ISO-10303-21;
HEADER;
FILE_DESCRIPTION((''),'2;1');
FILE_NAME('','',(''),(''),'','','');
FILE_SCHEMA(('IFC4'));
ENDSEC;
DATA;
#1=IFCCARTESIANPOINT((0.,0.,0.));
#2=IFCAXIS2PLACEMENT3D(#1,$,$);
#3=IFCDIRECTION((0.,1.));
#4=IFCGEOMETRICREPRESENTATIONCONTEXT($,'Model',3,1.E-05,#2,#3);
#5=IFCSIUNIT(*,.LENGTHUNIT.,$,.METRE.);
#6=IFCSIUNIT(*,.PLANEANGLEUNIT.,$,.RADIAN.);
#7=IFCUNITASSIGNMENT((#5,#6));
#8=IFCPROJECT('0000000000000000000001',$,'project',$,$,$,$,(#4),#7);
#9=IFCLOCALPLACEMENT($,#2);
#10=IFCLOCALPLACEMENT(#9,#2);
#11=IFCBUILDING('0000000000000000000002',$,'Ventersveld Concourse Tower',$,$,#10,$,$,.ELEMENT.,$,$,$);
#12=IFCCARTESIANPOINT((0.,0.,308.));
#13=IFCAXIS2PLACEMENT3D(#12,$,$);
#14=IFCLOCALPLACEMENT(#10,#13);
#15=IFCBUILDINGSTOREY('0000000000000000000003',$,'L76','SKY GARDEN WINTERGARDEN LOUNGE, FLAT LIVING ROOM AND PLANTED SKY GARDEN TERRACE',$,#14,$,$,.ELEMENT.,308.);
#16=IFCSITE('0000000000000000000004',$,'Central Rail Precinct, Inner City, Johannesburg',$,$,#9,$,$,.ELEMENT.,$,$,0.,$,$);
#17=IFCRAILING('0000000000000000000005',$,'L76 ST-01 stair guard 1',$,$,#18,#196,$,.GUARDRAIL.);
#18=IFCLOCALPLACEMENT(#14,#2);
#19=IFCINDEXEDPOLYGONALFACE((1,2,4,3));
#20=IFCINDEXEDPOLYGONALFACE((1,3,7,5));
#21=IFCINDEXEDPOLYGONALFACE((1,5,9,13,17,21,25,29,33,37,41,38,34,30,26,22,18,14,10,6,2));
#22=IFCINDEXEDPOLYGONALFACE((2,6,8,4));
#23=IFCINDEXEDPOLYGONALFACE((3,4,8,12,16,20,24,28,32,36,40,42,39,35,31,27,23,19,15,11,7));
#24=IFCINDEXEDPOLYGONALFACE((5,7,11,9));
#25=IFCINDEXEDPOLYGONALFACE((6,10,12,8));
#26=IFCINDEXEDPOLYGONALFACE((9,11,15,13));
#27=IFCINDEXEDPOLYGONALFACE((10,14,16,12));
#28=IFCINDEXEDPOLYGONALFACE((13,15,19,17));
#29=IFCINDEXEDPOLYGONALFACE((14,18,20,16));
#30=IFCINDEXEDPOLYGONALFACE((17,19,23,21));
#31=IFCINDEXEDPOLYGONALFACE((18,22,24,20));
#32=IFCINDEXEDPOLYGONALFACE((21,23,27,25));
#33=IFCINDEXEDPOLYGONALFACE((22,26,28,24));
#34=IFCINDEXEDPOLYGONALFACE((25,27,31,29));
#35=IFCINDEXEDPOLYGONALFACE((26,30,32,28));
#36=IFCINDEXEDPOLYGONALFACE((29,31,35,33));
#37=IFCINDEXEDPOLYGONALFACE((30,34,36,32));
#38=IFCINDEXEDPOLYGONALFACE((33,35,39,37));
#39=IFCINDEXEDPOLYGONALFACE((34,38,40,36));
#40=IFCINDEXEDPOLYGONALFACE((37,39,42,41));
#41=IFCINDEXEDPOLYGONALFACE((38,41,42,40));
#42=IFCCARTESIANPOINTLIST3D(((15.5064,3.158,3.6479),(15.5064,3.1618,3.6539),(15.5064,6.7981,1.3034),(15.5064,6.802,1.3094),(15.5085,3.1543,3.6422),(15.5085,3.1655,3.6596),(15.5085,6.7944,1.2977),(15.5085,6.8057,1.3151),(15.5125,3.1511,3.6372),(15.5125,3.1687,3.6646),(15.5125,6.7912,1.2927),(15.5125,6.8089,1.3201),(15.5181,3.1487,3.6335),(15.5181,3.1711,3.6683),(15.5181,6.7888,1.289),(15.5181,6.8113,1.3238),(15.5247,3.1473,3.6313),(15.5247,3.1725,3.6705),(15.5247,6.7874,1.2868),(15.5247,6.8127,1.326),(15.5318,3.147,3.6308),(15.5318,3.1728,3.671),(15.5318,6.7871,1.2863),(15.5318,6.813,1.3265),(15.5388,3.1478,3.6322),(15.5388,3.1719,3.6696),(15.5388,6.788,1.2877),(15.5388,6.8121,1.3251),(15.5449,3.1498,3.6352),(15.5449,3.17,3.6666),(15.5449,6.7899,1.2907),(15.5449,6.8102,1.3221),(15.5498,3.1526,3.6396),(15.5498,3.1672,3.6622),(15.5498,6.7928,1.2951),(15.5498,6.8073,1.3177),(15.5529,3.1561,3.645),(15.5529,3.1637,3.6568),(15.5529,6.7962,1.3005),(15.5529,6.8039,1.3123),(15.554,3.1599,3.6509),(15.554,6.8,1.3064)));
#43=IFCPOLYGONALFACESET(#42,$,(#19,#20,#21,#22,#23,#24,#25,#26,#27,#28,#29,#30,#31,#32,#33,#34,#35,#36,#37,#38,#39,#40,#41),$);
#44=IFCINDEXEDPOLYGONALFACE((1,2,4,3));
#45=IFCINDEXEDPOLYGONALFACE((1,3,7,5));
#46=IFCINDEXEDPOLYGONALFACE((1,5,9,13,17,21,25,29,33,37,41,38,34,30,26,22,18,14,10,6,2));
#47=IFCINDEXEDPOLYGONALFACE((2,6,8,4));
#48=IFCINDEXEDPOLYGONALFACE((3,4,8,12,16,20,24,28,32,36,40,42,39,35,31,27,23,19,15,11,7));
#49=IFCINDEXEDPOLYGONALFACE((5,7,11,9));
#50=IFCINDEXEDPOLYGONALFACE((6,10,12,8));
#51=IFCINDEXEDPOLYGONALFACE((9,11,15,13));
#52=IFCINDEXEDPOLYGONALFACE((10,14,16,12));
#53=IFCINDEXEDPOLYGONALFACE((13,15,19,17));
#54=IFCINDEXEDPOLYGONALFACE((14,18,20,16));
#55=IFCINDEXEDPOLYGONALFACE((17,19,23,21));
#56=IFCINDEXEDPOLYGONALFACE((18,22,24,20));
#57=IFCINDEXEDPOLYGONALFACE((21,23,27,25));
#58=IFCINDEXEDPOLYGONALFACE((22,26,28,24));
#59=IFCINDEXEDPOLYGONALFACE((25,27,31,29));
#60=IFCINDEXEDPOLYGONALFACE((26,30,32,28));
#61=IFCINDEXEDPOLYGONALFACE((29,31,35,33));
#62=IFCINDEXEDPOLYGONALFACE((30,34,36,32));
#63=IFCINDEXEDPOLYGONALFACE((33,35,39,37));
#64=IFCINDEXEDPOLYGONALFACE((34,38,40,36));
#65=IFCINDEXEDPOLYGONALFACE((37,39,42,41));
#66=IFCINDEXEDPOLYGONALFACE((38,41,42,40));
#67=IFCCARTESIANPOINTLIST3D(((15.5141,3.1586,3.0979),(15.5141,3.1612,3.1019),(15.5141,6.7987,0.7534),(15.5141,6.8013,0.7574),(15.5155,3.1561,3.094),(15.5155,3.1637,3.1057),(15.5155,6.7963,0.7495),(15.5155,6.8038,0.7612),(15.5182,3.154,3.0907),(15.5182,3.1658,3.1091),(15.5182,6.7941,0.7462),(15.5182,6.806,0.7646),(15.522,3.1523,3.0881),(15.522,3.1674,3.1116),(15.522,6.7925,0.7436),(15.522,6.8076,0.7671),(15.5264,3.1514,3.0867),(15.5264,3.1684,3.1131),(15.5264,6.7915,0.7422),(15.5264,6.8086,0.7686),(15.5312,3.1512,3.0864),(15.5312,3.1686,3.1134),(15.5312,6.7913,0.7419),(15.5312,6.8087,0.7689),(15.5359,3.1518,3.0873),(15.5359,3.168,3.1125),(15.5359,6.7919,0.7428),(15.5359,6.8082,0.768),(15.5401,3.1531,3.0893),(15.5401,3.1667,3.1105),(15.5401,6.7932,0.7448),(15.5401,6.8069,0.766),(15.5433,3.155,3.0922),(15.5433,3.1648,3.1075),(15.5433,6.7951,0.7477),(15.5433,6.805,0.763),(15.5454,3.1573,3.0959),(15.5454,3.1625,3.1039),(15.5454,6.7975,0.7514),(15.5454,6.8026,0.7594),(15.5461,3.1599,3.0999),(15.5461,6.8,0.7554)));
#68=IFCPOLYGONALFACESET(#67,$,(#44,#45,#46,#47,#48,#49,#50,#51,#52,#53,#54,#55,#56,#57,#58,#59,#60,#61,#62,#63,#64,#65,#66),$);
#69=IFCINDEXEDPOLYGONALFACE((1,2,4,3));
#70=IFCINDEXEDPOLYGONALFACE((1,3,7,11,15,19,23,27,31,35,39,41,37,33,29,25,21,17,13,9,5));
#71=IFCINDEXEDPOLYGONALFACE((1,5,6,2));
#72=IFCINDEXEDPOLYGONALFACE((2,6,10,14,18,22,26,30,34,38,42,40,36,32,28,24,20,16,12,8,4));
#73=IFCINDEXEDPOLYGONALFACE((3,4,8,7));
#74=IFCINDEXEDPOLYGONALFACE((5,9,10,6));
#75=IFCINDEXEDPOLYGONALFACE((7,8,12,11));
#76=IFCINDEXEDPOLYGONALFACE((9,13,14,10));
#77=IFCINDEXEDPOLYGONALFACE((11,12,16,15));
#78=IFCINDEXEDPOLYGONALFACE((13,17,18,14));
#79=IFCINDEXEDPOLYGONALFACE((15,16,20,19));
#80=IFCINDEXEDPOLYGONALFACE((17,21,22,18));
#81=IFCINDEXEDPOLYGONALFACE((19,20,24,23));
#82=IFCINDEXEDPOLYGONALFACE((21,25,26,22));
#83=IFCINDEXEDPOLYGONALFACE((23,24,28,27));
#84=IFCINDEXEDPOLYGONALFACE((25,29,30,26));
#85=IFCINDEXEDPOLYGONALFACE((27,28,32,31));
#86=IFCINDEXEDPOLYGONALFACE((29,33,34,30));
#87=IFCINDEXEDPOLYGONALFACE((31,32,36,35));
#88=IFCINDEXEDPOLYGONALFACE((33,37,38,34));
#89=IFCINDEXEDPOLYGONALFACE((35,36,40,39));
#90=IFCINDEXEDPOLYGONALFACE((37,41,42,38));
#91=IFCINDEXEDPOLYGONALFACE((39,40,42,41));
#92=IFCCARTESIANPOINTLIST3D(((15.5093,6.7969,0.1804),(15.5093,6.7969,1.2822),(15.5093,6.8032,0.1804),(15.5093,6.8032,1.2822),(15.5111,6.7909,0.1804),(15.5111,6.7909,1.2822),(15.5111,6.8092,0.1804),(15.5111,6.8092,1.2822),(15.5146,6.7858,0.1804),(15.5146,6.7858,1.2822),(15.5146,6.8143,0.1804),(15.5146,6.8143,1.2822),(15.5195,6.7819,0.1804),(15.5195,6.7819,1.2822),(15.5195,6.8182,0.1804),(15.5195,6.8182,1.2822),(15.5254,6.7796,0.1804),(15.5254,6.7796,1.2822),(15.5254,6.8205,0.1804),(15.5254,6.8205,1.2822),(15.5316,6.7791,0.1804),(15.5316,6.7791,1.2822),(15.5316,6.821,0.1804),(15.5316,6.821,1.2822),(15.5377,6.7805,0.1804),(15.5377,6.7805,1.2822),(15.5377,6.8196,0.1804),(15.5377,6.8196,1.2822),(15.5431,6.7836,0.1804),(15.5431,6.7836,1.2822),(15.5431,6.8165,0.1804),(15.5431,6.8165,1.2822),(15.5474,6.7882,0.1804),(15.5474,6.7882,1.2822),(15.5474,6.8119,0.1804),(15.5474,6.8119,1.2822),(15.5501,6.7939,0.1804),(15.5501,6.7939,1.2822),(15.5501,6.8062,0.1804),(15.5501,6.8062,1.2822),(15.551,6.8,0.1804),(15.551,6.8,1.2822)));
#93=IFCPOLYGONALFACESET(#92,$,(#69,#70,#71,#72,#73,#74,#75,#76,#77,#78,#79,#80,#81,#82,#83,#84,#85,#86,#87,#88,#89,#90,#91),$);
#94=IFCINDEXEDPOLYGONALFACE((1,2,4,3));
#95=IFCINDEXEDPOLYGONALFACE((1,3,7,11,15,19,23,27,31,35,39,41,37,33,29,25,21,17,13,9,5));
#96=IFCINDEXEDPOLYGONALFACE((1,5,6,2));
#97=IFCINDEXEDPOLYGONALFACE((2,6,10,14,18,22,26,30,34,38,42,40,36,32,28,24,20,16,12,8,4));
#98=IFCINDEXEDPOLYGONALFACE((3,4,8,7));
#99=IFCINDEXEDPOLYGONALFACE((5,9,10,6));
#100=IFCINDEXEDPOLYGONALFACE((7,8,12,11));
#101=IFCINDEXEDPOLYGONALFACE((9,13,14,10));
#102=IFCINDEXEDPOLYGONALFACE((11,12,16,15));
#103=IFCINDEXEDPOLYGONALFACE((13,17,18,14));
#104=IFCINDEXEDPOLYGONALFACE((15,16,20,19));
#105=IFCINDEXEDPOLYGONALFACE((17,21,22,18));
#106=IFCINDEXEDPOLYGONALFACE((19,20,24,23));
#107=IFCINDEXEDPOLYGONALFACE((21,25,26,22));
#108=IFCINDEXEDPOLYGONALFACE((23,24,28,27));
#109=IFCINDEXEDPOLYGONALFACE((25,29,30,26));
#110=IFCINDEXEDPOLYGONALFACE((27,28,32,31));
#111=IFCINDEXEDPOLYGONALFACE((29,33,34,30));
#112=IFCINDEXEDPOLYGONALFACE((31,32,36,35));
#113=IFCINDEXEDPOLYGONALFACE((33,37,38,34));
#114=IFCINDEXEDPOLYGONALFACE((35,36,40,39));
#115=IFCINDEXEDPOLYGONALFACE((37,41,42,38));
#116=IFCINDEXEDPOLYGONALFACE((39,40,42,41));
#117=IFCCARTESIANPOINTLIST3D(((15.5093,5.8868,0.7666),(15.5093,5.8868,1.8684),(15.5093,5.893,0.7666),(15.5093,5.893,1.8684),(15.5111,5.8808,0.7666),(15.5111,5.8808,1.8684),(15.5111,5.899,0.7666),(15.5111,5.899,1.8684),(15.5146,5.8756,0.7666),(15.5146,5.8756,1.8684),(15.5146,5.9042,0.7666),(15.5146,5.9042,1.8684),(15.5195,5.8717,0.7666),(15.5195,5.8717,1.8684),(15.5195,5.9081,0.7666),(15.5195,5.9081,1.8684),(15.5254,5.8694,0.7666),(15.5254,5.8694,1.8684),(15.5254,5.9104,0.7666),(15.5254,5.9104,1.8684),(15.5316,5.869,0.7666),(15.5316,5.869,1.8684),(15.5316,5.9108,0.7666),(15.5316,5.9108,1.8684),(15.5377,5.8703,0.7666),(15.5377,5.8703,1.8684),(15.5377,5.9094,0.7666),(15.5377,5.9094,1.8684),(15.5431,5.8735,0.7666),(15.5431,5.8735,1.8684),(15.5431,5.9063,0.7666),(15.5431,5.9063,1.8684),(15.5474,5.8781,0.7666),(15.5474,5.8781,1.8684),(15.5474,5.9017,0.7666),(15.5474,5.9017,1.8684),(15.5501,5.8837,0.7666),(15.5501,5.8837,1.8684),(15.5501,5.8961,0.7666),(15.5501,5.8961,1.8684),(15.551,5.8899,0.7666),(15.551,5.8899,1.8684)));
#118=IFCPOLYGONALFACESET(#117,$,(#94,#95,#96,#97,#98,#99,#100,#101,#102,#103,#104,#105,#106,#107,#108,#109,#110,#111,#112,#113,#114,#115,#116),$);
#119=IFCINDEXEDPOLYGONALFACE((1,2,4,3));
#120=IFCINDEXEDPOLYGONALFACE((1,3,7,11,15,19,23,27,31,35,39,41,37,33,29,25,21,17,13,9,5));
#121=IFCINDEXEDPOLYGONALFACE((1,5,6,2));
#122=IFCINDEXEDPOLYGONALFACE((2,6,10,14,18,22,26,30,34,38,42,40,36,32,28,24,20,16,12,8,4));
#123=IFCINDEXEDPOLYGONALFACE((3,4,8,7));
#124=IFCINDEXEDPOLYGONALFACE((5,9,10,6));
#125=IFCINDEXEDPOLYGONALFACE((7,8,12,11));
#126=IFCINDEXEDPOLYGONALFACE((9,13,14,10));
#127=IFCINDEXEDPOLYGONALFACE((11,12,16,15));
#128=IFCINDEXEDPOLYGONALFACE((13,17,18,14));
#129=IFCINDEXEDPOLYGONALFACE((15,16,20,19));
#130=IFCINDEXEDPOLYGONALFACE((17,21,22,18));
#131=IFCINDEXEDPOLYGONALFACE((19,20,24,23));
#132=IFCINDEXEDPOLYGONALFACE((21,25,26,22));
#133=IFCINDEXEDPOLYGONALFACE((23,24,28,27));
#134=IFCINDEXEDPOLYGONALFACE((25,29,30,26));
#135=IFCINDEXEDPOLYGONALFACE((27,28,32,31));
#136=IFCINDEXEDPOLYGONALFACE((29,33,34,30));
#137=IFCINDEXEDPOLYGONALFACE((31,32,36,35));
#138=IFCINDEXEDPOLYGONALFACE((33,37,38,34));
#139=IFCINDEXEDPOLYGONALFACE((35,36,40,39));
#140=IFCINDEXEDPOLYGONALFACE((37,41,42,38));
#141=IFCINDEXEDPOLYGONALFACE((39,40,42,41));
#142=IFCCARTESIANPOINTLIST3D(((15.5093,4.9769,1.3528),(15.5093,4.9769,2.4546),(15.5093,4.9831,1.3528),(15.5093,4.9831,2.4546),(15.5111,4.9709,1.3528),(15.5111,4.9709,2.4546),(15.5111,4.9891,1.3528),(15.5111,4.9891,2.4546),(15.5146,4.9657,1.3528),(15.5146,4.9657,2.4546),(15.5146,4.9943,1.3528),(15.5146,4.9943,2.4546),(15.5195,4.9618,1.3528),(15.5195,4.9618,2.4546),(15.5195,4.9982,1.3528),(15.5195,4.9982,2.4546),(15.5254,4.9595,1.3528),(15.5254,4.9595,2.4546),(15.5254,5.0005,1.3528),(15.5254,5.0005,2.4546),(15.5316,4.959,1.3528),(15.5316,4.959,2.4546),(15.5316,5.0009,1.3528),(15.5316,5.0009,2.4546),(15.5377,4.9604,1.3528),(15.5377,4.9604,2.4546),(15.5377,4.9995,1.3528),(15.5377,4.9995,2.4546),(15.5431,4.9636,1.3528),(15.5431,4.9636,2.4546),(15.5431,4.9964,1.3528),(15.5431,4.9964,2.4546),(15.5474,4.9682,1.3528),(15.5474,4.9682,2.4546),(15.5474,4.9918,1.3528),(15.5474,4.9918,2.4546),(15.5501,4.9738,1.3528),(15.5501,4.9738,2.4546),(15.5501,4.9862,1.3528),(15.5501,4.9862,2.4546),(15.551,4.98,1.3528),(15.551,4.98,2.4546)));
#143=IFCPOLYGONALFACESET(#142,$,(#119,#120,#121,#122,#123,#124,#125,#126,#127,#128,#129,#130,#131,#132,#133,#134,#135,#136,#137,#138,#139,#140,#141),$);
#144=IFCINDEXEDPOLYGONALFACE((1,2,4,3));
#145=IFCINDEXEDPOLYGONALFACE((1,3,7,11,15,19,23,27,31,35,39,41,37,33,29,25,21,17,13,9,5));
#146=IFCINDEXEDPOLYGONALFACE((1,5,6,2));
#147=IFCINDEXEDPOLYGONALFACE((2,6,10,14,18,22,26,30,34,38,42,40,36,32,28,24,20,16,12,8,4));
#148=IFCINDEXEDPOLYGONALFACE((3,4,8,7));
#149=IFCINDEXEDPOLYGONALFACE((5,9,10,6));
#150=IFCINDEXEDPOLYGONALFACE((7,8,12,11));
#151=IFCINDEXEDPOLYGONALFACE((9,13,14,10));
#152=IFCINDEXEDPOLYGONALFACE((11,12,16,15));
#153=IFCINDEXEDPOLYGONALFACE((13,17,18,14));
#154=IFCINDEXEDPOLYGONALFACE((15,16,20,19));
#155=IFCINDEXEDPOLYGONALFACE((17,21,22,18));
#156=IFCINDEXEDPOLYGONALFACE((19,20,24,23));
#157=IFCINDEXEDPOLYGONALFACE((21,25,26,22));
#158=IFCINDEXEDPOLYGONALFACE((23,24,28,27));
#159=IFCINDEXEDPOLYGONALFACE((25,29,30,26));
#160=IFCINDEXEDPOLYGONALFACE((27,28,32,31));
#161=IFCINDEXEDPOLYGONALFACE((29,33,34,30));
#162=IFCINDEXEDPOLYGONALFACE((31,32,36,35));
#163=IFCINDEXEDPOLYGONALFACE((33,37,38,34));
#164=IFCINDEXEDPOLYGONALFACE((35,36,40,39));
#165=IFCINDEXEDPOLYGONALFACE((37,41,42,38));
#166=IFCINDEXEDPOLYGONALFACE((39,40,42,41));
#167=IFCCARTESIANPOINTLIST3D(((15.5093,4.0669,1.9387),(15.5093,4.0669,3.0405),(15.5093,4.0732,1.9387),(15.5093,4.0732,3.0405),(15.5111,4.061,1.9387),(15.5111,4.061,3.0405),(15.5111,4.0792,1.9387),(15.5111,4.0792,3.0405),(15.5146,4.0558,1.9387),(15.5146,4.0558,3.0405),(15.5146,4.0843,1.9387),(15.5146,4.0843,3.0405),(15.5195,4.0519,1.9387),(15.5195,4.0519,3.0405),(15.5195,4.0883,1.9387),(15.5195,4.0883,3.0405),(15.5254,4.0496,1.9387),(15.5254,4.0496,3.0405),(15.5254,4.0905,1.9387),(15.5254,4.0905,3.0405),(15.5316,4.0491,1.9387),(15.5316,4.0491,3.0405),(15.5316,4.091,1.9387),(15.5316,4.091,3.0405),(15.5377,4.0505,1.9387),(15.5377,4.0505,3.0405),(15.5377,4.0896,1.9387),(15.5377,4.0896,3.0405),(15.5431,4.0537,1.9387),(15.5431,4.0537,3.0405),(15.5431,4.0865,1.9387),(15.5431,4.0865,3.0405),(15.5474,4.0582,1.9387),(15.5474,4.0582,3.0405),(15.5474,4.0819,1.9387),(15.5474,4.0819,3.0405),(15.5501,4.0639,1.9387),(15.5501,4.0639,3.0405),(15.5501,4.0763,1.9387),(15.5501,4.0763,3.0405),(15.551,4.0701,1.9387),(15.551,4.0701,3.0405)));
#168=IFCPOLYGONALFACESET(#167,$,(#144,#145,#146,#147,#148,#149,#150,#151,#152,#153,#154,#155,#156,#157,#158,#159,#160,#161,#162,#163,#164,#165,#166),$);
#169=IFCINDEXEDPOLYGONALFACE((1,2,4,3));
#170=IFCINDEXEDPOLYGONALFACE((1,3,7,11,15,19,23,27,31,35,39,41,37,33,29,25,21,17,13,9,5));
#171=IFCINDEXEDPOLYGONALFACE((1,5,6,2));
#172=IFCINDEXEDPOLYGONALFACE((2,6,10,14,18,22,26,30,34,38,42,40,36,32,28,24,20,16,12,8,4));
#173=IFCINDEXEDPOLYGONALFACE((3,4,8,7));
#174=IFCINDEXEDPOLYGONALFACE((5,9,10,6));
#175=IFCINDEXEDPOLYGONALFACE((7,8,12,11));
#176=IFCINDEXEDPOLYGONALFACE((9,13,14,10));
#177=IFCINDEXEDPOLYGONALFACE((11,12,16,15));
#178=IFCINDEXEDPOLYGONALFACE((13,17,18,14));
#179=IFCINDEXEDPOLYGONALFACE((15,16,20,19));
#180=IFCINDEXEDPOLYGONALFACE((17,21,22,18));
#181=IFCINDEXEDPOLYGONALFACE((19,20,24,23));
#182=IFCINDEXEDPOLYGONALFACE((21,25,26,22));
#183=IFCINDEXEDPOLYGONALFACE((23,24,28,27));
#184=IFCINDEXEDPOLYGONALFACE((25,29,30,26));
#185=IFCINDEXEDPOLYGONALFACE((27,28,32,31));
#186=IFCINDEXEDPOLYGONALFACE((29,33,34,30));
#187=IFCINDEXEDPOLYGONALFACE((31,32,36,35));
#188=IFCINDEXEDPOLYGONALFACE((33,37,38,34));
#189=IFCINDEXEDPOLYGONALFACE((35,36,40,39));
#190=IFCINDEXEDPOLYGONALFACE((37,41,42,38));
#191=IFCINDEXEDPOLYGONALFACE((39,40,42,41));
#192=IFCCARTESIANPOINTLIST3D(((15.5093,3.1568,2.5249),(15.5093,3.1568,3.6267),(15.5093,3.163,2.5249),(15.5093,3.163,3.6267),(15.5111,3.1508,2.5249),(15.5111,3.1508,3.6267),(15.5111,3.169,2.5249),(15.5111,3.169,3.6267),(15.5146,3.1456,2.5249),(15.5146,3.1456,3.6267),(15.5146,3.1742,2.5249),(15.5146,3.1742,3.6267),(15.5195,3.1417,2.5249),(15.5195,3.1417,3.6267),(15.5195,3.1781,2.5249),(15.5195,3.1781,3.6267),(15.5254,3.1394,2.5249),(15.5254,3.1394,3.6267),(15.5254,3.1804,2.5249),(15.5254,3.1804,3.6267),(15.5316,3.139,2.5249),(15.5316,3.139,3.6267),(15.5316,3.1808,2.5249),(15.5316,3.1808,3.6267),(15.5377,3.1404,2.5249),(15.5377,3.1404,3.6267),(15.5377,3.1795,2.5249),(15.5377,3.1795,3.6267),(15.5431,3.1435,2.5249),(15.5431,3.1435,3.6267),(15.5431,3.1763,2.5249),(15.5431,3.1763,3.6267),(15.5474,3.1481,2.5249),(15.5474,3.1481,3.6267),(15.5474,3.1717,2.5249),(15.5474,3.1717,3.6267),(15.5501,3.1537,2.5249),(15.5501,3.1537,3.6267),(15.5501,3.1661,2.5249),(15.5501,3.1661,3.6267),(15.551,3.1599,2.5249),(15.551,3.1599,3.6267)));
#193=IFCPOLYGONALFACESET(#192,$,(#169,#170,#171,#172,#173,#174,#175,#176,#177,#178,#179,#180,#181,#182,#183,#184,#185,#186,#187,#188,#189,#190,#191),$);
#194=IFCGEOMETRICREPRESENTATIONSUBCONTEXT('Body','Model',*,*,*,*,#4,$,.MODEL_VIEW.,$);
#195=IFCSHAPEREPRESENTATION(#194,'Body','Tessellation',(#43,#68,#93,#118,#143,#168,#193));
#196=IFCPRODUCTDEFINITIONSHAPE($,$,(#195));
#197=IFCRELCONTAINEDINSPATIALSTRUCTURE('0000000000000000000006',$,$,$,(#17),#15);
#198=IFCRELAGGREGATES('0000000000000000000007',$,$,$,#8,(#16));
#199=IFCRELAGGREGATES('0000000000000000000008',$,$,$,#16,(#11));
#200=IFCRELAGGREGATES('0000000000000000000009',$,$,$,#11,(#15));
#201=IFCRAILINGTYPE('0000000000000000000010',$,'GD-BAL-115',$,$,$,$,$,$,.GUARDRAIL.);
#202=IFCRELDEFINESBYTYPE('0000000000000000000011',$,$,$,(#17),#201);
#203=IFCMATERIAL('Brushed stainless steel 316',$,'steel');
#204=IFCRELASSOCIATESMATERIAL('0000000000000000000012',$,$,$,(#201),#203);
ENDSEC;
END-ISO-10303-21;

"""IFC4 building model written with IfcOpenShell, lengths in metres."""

from ifc_helpers import new_model, si_unit, direction, frame, origin, origin_2d, place, context, subcontext, project, spatial, circle, extrude, material, type_object, element, save


model = new_model("IFC4")

# Units and contexts
model_context = context("Model", 3, precision=1e-05, world=origin(), true_north=direction((0.0, 1.0)))
body_context = subcontext(model_context, "Body", "Model", "MODEL_VIEW")
ifc_project = project(units=[si_unit("LENGTHUNIT", "METRE"), si_unit("PLANEANGLEUNIT", "RADIAN")], contexts=[model_context])

# Site, building, storey
site_placement = place(None, origin())
site = spatial("IfcSite", under=ifc_project, at=site_placement, Name="Central Rail Precinct, Inner City, Johannesburg", CompositionType="ELEMENT", RefElevation=0.0)
building_placement = place(site_placement, origin())
building = spatial("IfcBuilding", under=site, at=building_placement, Name="Ventersveld Concourse Tower", CompositionType="ELEMENT")
storey_placement = place(building_placement, frame((0.0, 0.0, 308.0)))
storey = spatial("IfcBuildingStorey", under=building, at=storey_placement, Name="L76", Description="SKY GARDEN WINTERGARDEN LOUNGE, FLAT LIVING ROOM AND PLANTED SKY GARDEN TERRACE", CompositionType="ELEMENT", Elevation=308.0)

# Shared definitions
ifc_material_1 = material(Name="Brushed stainless steel 316", Category="steel")

# Railing
railing_type_1 = type_object("IfcRailingType", Name="GD-BAL-115", PredefinedType="GUARDRAIL", material=ifc_material_1)
railing_1_placement = place(storey_placement, frame((15.53, 6.8, 0.1804)))
element("IfcRailing", 1, at=railing_1_placement, inside=storey, type_object=railing_type_1, Name="L76 ST-01 stair guard 1", PredefinedType="GUARDRAIL", context=body_context, shape_type="SweptSolid", body=[
    extrude(circle(Radius=0.0239, at=origin_2d()), frame((0.0, 0.0, 1.126), z_axis=(0.0, -0.840716, 0.541476), x_axis=(1.0, 0.0, 0.0)), (0.0, 0.0, 1.0), 4.3298),
    extrude(circle(Radius=0.0161, at=origin_2d()), frame((0.0, 0.0, 0.575), z_axis=(0.0, -0.840716, 0.541476), x_axis=(1.0, 0.0, 0.0)), (0.0, 0.0, 1.0), 4.3298),
    extrude(circle(Radius=0.021, at=origin_2d()), origin(), (0.0, 0.0, 1.0), 1.1018),
    extrude(circle(Radius=0.021, at=origin_2d()), frame((0.0, -0.9102, 0.5862)), (0.0, 0.0, 1.0), 1.1018),
    extrude(circle(Radius=0.021, at=origin_2d()), frame((0.0, -1.8201, 1.1724)), (0.0, 0.0, 1.0), 1.1018),
    extrude(circle(Radius=0.021, at=origin_2d()), frame((0.0, -2.73, 1.7583)), (0.0, 0.0, 1.0), 1.1018),
    extrude(circle(Radius=0.021, at=origin_2d()), frame((0.0, -3.6401, 2.3445)), (0.0, 0.0, 1.0), 1.1018),
])

save(model, "model.ifc")
